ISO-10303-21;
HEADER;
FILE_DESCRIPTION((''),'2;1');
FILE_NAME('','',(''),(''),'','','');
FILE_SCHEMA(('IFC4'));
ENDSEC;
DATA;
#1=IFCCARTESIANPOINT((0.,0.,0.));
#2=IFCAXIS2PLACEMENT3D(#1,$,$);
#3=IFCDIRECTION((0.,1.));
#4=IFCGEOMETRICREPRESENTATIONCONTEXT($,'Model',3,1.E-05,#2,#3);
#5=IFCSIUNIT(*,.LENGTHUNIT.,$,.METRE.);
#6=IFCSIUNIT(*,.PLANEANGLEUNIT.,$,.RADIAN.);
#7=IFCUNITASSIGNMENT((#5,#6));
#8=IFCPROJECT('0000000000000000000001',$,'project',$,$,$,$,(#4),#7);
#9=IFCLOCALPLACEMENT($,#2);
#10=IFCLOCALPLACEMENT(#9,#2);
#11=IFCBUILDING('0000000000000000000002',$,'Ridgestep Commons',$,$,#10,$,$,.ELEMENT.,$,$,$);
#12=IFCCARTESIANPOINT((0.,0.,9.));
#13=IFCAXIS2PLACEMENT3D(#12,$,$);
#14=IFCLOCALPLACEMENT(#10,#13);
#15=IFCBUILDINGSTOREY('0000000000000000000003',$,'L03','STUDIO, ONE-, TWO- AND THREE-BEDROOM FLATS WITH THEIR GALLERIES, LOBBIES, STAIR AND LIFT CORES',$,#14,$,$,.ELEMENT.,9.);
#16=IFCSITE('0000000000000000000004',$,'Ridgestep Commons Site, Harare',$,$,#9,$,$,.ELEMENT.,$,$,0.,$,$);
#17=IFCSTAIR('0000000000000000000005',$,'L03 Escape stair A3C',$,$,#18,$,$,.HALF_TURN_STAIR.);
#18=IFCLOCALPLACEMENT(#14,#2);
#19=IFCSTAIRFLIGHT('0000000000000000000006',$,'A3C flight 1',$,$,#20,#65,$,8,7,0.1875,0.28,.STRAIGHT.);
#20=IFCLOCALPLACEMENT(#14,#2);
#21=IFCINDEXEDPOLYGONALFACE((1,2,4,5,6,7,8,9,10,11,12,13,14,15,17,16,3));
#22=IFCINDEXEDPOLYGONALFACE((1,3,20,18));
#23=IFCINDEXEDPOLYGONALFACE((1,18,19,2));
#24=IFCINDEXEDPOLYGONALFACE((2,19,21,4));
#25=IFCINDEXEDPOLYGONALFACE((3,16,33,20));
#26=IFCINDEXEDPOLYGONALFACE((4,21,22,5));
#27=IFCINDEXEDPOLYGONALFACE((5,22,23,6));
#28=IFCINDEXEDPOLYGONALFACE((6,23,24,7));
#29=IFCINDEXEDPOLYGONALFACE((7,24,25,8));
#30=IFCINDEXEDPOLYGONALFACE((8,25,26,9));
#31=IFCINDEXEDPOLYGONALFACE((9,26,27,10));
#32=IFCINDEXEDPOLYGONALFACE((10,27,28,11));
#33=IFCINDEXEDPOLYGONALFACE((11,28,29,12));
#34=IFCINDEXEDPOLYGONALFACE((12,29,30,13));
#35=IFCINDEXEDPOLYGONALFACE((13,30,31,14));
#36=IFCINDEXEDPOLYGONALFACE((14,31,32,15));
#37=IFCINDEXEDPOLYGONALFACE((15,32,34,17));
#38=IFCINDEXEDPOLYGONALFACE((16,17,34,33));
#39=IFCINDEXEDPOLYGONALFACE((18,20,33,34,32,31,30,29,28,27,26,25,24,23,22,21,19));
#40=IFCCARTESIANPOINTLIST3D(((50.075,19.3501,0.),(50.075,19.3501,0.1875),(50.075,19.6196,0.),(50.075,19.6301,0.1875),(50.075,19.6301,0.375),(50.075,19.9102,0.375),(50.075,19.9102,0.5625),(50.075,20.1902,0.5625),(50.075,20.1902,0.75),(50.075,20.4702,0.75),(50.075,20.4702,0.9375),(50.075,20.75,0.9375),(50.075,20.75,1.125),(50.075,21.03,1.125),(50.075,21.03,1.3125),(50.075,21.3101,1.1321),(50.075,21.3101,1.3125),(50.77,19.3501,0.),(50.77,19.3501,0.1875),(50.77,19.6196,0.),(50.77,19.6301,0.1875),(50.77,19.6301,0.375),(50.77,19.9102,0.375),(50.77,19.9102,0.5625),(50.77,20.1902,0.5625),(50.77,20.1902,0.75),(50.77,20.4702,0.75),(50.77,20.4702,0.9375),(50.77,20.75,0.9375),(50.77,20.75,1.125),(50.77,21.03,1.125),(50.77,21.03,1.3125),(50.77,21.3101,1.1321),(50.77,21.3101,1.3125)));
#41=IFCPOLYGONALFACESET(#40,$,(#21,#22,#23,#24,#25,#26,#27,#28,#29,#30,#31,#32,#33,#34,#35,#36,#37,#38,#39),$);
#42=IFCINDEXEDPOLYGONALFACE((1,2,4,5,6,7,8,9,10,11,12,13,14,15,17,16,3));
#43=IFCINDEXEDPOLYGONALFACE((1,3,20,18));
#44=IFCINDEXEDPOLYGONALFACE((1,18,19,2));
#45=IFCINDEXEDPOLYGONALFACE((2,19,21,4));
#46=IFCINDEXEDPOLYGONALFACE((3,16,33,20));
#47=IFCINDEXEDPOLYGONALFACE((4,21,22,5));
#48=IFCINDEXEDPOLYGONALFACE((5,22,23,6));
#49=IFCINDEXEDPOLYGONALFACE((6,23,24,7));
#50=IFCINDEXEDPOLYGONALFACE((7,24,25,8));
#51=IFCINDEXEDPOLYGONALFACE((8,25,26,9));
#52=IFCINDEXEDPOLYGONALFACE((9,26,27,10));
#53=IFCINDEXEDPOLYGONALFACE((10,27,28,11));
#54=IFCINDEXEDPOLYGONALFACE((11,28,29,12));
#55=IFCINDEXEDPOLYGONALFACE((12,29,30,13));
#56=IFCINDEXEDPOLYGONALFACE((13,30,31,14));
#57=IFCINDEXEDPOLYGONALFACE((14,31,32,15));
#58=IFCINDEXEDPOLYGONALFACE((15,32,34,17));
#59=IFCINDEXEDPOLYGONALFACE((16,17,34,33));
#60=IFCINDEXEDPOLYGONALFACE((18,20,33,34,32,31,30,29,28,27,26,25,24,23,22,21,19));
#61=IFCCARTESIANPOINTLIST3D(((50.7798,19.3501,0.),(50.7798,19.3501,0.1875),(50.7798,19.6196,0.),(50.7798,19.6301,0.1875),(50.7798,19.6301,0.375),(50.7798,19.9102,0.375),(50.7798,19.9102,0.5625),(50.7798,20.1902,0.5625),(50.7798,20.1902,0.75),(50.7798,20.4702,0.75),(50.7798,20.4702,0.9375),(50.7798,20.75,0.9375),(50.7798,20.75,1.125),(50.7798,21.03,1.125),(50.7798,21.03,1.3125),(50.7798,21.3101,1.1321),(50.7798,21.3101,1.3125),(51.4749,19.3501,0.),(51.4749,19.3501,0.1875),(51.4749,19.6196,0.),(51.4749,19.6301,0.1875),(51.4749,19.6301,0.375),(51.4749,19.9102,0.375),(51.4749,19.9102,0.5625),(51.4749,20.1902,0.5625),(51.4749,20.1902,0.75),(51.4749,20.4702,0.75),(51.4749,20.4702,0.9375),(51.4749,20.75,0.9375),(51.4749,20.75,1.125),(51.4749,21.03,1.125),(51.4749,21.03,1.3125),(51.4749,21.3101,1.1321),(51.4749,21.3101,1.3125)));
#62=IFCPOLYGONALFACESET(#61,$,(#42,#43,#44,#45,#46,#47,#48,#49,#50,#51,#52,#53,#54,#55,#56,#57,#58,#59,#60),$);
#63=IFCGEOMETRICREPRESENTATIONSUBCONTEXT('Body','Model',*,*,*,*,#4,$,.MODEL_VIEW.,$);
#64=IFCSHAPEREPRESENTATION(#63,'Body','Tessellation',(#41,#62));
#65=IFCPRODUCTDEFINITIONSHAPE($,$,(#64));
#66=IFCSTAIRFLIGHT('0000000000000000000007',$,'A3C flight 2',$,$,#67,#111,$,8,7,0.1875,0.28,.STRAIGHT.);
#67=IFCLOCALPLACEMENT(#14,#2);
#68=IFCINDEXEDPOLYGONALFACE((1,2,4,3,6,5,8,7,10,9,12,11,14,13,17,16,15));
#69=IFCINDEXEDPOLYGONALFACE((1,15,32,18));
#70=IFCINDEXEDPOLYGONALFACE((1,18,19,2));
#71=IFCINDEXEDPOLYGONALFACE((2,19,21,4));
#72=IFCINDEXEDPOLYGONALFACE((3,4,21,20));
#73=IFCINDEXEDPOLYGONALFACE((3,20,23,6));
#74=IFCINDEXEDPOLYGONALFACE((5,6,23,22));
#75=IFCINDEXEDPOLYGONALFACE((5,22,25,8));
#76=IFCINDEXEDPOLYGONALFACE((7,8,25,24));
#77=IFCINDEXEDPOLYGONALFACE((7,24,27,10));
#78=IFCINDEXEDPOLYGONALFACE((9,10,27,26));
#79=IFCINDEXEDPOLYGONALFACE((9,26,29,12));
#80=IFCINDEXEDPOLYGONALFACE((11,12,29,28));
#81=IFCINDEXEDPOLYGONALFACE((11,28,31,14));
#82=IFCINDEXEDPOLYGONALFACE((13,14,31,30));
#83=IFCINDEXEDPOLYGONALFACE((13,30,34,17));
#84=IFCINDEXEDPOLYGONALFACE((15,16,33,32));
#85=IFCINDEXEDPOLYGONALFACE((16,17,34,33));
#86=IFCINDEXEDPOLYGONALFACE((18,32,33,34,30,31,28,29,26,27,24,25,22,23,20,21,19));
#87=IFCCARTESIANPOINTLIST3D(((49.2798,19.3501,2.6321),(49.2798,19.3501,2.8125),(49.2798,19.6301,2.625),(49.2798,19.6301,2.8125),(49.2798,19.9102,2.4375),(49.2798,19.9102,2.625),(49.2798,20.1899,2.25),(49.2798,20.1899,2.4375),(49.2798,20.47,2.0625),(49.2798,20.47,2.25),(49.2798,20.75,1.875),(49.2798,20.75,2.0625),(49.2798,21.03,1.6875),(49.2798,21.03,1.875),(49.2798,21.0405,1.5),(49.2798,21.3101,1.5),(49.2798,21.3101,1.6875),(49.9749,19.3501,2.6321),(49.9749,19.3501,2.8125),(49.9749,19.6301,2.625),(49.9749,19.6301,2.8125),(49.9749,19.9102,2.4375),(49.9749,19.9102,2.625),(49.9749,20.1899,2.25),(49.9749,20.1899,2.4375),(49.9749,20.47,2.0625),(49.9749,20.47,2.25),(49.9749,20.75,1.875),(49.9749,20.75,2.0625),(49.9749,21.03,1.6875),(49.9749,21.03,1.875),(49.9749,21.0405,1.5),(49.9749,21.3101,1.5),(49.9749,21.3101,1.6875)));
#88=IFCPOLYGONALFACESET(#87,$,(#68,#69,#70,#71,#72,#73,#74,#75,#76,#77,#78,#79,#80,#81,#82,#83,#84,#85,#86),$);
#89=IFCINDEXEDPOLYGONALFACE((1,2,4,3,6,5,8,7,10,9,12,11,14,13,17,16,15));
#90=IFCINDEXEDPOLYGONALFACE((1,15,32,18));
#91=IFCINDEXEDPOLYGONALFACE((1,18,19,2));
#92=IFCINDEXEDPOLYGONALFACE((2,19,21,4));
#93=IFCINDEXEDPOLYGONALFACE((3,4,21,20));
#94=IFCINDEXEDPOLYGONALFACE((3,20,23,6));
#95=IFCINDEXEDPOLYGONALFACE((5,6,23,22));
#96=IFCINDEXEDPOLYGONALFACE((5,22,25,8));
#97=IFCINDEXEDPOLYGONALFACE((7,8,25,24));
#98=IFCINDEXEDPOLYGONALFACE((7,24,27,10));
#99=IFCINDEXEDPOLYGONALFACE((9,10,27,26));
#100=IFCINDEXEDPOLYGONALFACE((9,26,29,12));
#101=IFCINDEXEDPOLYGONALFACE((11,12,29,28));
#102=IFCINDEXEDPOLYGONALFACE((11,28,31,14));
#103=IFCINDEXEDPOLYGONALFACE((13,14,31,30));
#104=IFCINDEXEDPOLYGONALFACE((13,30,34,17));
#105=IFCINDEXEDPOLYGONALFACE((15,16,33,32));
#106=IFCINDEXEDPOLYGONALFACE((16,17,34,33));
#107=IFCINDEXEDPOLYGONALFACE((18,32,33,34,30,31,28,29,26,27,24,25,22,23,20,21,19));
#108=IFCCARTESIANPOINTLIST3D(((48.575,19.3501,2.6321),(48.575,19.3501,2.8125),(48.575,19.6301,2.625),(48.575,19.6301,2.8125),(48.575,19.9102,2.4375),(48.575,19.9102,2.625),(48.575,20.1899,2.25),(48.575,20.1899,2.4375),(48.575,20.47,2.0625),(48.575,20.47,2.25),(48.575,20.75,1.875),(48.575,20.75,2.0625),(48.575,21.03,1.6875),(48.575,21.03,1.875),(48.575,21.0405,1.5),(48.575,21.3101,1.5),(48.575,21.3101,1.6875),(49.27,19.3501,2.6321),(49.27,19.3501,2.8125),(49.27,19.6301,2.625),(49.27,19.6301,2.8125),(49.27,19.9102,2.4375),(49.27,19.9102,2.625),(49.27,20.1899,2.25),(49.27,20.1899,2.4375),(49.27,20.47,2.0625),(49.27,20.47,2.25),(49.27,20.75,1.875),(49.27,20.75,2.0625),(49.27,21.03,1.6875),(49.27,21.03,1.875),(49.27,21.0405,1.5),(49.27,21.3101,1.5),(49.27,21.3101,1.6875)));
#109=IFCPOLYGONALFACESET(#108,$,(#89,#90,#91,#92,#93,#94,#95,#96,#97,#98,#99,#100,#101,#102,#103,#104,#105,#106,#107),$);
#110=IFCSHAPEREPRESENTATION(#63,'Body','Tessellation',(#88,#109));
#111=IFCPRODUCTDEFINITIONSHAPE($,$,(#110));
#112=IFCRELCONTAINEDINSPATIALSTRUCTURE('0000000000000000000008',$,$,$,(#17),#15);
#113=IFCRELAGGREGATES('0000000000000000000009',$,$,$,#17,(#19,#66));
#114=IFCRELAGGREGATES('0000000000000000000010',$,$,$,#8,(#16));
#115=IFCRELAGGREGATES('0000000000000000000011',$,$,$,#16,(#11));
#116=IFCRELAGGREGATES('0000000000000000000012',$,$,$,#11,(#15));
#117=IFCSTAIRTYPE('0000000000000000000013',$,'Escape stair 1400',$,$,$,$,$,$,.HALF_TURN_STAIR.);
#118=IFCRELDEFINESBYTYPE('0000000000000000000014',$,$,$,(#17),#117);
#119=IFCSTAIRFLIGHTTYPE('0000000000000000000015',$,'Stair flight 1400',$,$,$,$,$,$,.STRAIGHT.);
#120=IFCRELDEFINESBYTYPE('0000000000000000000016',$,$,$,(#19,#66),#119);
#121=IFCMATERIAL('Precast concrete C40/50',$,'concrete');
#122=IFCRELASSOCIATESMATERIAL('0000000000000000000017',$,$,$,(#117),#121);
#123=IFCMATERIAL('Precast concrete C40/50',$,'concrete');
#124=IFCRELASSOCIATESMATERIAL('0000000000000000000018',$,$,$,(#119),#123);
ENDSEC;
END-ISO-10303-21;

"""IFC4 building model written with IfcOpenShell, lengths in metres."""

from ifc_helpers import new_model, si_unit, direction, frame, origin, place, context, subcontext, project, spatial, polyline, outline, extrude, material, type_object, element, aggregate, save


model = new_model("IFC4")

# Units and contexts
model_context = context("Model", 3, precision=1e-05, world=origin(), true_north=direction((0.0, 1.0)))
body_context = subcontext(model_context, "Body", "Model", "MODEL_VIEW")
ifc_project = project(units=[si_unit("LENGTHUNIT", "METRE"), si_unit("PLANEANGLEUNIT", "RADIAN")], contexts=[model_context])

# Site, building, storey
site_placement = place(None, origin())
site = spatial("IfcSite", under=ifc_project, at=site_placement, Name="Ridgestep Commons Site, Harare", CompositionType="ELEMENT", RefElevation=0.0)
building_placement = place(site_placement, origin())
building = spatial("IfcBuilding", under=site, at=building_placement, Name="Ridgestep Commons", CompositionType="ELEMENT")
storey_placement = place(building_placement, frame((0.0, 0.0, 9.0)))
storey = spatial("IfcBuildingStorey", under=building, at=storey_placement, Name="L03", Description="STUDIO, ONE-, TWO- AND THREE-BEDROOM FLATS WITH THEIR GALLERIES, LOBBIES, STAIR AND LIFT CORES", CompositionType="ELEMENT", Elevation=9.0)

# Stair, stair flights
ifc_material_1 = material(Name="Precast concrete C40/50", Category="concrete")
stair_type = type_object("IfcStairType", Name="Escape stair 1400", PredefinedType="HALF_TURN_STAIR", material=ifc_material_1)
stair_placement = place(storey_placement, origin())
stair = element("IfcStair", 1, at=stair_placement, inside=storey, type_object=stair_type, Name="L03 Escape stair A3C", PredefinedType="HALF_TURN_STAIR")
ifc_material_2 = material(Name="Precast concrete C40/50", Category="concrete")
stair_flight_type = type_object("IfcStairFlightType", Name="Stair flight 1400", PredefinedType="STRAIGHT", material=ifc_material_2)
stair_flight_1_placement = place(storey_placement, frame((50.7749, 19.3501, 0.0), z_axis=(0.0, 0.0, 1.0), x_axis=(0.0, 1.0, 0.0)))
stair_flight_1 = element("IfcStairFlight", 2, at=stair_flight_1_placement, type_object=stair_flight_type, Name="A3C flight 1", NumberOfRisers=8, NumberOfTreads=7, PredefinedType="STRAIGHT", RiserHeight=0.1875, TreadLength=0.28, context=body_context, shape_type="SweptSolid", body=[
    extrude(outline(polyline([(0.0, 0.0), (0.0, 0.1875), (0.28, 0.1875), (0.28, 0.375), (0.5601, 0.375), (0.5601, 0.5625), (0.8401, 0.5625), (0.8401, 0.75), (1.1201, 0.75), (1.1201, 0.9375), (1.3999, 0.9375), (1.3999, 1.125), (1.6799, 1.125), (1.6799, 1.3125), (1.96, 1.3125), (1.96, 1.5), (1.96, 1.1321), (0.2695, 0.0), (0.0, 0.0)])), frame((0.0, 0.7, 0.0), z_axis=(0.0, -1.0, 0.0), x_axis=(1.0, 0.0, 0.0)), (0.0, 0.0, 1.0), 0.6951),
    extrude(outline(polyline([(0.0, 0.0), (0.0, 0.1875), (0.28, 0.1875), (0.28, 0.375), (0.5601, 0.375), (0.5601, 0.5625), (0.8401, 0.5625), (0.8401, 0.75), (1.1201, 0.75), (1.1201, 0.9375), (1.3999, 0.9375), (1.3999, 1.125), (1.6799, 1.125), (1.6799, 1.3125), (1.96, 1.3125), (1.96, 1.5), (1.96, 1.1321), (0.2695, 0.0), (0.0, 0.0)])), frame((0.0, -0.0049, 0.0), z_axis=(0.0, -1.0, 0.0), x_axis=(1.0, 0.0, 0.0)), (0.0, 0.0, 1.0), 0.6951),
])
stair_flight_2_placement = place(storey_placement, frame((49.2749, 21.3101, 1.5), z_axis=(0.0, 0.0, 1.0), x_axis=(0.0, -1.0, 0.0)))
stair_flight_2 = element("IfcStairFlight", 3, at=stair_flight_2_placement, type_object=stair_flight_type, Name="A3C flight 2", NumberOfRisers=8, NumberOfTreads=7, PredefinedType="STRAIGHT", RiserHeight=0.1875, TreadLength=0.28, context=body_context, shape_type="SweptSolid", body=[
    extrude(outline(polyline([(0.0, 0.0), (0.0, 0.1875), (0.28, 0.1875), (0.28, 0.375), (0.5601, 0.375), (0.5601, 0.5625), (0.8401, 0.5625), (0.8401, 0.75), (1.1201, 0.75), (1.1201, 0.9375), (1.3999, 0.9375), (1.3999, 1.125), (1.6799, 1.125), (1.6799, 1.3125), (1.96, 1.3125), (1.96, 1.5), (1.96, 1.1321), (0.2695, 0.0), (0.0, 0.0)])), frame((0.0, 0.7, 0.0), z_axis=(0.0, -1.0, 0.0), x_axis=(1.0, 0.0, 0.0)), (0.0, 0.0, 1.0), 0.6951),
    extrude(outline(polyline([(0.0, 0.0), (0.0, 0.1875), (0.28, 0.1875), (0.28, 0.375), (0.5601, 0.375), (0.5601, 0.5625), (0.8401, 0.5625), (0.8401, 0.75), (1.1201, 0.75), (1.1201, 0.9375), (1.3999, 0.9375), (1.3999, 1.125), (1.6799, 1.125), (1.6799, 1.3125), (1.96, 1.3125), (1.96, 1.5), (1.96, 1.1321), (0.2695, 0.0), (0.0, 0.0)])), frame((0.0, -0.0049, 0.0), z_axis=(0.0, -1.0, 0.0), x_axis=(1.0, 0.0, 0.0)), (0.0, 0.0, 1.0), 0.6951),
])
aggregate(stair, [stair_flight_1, stair_flight_2])

save(model, "model.ifc")
